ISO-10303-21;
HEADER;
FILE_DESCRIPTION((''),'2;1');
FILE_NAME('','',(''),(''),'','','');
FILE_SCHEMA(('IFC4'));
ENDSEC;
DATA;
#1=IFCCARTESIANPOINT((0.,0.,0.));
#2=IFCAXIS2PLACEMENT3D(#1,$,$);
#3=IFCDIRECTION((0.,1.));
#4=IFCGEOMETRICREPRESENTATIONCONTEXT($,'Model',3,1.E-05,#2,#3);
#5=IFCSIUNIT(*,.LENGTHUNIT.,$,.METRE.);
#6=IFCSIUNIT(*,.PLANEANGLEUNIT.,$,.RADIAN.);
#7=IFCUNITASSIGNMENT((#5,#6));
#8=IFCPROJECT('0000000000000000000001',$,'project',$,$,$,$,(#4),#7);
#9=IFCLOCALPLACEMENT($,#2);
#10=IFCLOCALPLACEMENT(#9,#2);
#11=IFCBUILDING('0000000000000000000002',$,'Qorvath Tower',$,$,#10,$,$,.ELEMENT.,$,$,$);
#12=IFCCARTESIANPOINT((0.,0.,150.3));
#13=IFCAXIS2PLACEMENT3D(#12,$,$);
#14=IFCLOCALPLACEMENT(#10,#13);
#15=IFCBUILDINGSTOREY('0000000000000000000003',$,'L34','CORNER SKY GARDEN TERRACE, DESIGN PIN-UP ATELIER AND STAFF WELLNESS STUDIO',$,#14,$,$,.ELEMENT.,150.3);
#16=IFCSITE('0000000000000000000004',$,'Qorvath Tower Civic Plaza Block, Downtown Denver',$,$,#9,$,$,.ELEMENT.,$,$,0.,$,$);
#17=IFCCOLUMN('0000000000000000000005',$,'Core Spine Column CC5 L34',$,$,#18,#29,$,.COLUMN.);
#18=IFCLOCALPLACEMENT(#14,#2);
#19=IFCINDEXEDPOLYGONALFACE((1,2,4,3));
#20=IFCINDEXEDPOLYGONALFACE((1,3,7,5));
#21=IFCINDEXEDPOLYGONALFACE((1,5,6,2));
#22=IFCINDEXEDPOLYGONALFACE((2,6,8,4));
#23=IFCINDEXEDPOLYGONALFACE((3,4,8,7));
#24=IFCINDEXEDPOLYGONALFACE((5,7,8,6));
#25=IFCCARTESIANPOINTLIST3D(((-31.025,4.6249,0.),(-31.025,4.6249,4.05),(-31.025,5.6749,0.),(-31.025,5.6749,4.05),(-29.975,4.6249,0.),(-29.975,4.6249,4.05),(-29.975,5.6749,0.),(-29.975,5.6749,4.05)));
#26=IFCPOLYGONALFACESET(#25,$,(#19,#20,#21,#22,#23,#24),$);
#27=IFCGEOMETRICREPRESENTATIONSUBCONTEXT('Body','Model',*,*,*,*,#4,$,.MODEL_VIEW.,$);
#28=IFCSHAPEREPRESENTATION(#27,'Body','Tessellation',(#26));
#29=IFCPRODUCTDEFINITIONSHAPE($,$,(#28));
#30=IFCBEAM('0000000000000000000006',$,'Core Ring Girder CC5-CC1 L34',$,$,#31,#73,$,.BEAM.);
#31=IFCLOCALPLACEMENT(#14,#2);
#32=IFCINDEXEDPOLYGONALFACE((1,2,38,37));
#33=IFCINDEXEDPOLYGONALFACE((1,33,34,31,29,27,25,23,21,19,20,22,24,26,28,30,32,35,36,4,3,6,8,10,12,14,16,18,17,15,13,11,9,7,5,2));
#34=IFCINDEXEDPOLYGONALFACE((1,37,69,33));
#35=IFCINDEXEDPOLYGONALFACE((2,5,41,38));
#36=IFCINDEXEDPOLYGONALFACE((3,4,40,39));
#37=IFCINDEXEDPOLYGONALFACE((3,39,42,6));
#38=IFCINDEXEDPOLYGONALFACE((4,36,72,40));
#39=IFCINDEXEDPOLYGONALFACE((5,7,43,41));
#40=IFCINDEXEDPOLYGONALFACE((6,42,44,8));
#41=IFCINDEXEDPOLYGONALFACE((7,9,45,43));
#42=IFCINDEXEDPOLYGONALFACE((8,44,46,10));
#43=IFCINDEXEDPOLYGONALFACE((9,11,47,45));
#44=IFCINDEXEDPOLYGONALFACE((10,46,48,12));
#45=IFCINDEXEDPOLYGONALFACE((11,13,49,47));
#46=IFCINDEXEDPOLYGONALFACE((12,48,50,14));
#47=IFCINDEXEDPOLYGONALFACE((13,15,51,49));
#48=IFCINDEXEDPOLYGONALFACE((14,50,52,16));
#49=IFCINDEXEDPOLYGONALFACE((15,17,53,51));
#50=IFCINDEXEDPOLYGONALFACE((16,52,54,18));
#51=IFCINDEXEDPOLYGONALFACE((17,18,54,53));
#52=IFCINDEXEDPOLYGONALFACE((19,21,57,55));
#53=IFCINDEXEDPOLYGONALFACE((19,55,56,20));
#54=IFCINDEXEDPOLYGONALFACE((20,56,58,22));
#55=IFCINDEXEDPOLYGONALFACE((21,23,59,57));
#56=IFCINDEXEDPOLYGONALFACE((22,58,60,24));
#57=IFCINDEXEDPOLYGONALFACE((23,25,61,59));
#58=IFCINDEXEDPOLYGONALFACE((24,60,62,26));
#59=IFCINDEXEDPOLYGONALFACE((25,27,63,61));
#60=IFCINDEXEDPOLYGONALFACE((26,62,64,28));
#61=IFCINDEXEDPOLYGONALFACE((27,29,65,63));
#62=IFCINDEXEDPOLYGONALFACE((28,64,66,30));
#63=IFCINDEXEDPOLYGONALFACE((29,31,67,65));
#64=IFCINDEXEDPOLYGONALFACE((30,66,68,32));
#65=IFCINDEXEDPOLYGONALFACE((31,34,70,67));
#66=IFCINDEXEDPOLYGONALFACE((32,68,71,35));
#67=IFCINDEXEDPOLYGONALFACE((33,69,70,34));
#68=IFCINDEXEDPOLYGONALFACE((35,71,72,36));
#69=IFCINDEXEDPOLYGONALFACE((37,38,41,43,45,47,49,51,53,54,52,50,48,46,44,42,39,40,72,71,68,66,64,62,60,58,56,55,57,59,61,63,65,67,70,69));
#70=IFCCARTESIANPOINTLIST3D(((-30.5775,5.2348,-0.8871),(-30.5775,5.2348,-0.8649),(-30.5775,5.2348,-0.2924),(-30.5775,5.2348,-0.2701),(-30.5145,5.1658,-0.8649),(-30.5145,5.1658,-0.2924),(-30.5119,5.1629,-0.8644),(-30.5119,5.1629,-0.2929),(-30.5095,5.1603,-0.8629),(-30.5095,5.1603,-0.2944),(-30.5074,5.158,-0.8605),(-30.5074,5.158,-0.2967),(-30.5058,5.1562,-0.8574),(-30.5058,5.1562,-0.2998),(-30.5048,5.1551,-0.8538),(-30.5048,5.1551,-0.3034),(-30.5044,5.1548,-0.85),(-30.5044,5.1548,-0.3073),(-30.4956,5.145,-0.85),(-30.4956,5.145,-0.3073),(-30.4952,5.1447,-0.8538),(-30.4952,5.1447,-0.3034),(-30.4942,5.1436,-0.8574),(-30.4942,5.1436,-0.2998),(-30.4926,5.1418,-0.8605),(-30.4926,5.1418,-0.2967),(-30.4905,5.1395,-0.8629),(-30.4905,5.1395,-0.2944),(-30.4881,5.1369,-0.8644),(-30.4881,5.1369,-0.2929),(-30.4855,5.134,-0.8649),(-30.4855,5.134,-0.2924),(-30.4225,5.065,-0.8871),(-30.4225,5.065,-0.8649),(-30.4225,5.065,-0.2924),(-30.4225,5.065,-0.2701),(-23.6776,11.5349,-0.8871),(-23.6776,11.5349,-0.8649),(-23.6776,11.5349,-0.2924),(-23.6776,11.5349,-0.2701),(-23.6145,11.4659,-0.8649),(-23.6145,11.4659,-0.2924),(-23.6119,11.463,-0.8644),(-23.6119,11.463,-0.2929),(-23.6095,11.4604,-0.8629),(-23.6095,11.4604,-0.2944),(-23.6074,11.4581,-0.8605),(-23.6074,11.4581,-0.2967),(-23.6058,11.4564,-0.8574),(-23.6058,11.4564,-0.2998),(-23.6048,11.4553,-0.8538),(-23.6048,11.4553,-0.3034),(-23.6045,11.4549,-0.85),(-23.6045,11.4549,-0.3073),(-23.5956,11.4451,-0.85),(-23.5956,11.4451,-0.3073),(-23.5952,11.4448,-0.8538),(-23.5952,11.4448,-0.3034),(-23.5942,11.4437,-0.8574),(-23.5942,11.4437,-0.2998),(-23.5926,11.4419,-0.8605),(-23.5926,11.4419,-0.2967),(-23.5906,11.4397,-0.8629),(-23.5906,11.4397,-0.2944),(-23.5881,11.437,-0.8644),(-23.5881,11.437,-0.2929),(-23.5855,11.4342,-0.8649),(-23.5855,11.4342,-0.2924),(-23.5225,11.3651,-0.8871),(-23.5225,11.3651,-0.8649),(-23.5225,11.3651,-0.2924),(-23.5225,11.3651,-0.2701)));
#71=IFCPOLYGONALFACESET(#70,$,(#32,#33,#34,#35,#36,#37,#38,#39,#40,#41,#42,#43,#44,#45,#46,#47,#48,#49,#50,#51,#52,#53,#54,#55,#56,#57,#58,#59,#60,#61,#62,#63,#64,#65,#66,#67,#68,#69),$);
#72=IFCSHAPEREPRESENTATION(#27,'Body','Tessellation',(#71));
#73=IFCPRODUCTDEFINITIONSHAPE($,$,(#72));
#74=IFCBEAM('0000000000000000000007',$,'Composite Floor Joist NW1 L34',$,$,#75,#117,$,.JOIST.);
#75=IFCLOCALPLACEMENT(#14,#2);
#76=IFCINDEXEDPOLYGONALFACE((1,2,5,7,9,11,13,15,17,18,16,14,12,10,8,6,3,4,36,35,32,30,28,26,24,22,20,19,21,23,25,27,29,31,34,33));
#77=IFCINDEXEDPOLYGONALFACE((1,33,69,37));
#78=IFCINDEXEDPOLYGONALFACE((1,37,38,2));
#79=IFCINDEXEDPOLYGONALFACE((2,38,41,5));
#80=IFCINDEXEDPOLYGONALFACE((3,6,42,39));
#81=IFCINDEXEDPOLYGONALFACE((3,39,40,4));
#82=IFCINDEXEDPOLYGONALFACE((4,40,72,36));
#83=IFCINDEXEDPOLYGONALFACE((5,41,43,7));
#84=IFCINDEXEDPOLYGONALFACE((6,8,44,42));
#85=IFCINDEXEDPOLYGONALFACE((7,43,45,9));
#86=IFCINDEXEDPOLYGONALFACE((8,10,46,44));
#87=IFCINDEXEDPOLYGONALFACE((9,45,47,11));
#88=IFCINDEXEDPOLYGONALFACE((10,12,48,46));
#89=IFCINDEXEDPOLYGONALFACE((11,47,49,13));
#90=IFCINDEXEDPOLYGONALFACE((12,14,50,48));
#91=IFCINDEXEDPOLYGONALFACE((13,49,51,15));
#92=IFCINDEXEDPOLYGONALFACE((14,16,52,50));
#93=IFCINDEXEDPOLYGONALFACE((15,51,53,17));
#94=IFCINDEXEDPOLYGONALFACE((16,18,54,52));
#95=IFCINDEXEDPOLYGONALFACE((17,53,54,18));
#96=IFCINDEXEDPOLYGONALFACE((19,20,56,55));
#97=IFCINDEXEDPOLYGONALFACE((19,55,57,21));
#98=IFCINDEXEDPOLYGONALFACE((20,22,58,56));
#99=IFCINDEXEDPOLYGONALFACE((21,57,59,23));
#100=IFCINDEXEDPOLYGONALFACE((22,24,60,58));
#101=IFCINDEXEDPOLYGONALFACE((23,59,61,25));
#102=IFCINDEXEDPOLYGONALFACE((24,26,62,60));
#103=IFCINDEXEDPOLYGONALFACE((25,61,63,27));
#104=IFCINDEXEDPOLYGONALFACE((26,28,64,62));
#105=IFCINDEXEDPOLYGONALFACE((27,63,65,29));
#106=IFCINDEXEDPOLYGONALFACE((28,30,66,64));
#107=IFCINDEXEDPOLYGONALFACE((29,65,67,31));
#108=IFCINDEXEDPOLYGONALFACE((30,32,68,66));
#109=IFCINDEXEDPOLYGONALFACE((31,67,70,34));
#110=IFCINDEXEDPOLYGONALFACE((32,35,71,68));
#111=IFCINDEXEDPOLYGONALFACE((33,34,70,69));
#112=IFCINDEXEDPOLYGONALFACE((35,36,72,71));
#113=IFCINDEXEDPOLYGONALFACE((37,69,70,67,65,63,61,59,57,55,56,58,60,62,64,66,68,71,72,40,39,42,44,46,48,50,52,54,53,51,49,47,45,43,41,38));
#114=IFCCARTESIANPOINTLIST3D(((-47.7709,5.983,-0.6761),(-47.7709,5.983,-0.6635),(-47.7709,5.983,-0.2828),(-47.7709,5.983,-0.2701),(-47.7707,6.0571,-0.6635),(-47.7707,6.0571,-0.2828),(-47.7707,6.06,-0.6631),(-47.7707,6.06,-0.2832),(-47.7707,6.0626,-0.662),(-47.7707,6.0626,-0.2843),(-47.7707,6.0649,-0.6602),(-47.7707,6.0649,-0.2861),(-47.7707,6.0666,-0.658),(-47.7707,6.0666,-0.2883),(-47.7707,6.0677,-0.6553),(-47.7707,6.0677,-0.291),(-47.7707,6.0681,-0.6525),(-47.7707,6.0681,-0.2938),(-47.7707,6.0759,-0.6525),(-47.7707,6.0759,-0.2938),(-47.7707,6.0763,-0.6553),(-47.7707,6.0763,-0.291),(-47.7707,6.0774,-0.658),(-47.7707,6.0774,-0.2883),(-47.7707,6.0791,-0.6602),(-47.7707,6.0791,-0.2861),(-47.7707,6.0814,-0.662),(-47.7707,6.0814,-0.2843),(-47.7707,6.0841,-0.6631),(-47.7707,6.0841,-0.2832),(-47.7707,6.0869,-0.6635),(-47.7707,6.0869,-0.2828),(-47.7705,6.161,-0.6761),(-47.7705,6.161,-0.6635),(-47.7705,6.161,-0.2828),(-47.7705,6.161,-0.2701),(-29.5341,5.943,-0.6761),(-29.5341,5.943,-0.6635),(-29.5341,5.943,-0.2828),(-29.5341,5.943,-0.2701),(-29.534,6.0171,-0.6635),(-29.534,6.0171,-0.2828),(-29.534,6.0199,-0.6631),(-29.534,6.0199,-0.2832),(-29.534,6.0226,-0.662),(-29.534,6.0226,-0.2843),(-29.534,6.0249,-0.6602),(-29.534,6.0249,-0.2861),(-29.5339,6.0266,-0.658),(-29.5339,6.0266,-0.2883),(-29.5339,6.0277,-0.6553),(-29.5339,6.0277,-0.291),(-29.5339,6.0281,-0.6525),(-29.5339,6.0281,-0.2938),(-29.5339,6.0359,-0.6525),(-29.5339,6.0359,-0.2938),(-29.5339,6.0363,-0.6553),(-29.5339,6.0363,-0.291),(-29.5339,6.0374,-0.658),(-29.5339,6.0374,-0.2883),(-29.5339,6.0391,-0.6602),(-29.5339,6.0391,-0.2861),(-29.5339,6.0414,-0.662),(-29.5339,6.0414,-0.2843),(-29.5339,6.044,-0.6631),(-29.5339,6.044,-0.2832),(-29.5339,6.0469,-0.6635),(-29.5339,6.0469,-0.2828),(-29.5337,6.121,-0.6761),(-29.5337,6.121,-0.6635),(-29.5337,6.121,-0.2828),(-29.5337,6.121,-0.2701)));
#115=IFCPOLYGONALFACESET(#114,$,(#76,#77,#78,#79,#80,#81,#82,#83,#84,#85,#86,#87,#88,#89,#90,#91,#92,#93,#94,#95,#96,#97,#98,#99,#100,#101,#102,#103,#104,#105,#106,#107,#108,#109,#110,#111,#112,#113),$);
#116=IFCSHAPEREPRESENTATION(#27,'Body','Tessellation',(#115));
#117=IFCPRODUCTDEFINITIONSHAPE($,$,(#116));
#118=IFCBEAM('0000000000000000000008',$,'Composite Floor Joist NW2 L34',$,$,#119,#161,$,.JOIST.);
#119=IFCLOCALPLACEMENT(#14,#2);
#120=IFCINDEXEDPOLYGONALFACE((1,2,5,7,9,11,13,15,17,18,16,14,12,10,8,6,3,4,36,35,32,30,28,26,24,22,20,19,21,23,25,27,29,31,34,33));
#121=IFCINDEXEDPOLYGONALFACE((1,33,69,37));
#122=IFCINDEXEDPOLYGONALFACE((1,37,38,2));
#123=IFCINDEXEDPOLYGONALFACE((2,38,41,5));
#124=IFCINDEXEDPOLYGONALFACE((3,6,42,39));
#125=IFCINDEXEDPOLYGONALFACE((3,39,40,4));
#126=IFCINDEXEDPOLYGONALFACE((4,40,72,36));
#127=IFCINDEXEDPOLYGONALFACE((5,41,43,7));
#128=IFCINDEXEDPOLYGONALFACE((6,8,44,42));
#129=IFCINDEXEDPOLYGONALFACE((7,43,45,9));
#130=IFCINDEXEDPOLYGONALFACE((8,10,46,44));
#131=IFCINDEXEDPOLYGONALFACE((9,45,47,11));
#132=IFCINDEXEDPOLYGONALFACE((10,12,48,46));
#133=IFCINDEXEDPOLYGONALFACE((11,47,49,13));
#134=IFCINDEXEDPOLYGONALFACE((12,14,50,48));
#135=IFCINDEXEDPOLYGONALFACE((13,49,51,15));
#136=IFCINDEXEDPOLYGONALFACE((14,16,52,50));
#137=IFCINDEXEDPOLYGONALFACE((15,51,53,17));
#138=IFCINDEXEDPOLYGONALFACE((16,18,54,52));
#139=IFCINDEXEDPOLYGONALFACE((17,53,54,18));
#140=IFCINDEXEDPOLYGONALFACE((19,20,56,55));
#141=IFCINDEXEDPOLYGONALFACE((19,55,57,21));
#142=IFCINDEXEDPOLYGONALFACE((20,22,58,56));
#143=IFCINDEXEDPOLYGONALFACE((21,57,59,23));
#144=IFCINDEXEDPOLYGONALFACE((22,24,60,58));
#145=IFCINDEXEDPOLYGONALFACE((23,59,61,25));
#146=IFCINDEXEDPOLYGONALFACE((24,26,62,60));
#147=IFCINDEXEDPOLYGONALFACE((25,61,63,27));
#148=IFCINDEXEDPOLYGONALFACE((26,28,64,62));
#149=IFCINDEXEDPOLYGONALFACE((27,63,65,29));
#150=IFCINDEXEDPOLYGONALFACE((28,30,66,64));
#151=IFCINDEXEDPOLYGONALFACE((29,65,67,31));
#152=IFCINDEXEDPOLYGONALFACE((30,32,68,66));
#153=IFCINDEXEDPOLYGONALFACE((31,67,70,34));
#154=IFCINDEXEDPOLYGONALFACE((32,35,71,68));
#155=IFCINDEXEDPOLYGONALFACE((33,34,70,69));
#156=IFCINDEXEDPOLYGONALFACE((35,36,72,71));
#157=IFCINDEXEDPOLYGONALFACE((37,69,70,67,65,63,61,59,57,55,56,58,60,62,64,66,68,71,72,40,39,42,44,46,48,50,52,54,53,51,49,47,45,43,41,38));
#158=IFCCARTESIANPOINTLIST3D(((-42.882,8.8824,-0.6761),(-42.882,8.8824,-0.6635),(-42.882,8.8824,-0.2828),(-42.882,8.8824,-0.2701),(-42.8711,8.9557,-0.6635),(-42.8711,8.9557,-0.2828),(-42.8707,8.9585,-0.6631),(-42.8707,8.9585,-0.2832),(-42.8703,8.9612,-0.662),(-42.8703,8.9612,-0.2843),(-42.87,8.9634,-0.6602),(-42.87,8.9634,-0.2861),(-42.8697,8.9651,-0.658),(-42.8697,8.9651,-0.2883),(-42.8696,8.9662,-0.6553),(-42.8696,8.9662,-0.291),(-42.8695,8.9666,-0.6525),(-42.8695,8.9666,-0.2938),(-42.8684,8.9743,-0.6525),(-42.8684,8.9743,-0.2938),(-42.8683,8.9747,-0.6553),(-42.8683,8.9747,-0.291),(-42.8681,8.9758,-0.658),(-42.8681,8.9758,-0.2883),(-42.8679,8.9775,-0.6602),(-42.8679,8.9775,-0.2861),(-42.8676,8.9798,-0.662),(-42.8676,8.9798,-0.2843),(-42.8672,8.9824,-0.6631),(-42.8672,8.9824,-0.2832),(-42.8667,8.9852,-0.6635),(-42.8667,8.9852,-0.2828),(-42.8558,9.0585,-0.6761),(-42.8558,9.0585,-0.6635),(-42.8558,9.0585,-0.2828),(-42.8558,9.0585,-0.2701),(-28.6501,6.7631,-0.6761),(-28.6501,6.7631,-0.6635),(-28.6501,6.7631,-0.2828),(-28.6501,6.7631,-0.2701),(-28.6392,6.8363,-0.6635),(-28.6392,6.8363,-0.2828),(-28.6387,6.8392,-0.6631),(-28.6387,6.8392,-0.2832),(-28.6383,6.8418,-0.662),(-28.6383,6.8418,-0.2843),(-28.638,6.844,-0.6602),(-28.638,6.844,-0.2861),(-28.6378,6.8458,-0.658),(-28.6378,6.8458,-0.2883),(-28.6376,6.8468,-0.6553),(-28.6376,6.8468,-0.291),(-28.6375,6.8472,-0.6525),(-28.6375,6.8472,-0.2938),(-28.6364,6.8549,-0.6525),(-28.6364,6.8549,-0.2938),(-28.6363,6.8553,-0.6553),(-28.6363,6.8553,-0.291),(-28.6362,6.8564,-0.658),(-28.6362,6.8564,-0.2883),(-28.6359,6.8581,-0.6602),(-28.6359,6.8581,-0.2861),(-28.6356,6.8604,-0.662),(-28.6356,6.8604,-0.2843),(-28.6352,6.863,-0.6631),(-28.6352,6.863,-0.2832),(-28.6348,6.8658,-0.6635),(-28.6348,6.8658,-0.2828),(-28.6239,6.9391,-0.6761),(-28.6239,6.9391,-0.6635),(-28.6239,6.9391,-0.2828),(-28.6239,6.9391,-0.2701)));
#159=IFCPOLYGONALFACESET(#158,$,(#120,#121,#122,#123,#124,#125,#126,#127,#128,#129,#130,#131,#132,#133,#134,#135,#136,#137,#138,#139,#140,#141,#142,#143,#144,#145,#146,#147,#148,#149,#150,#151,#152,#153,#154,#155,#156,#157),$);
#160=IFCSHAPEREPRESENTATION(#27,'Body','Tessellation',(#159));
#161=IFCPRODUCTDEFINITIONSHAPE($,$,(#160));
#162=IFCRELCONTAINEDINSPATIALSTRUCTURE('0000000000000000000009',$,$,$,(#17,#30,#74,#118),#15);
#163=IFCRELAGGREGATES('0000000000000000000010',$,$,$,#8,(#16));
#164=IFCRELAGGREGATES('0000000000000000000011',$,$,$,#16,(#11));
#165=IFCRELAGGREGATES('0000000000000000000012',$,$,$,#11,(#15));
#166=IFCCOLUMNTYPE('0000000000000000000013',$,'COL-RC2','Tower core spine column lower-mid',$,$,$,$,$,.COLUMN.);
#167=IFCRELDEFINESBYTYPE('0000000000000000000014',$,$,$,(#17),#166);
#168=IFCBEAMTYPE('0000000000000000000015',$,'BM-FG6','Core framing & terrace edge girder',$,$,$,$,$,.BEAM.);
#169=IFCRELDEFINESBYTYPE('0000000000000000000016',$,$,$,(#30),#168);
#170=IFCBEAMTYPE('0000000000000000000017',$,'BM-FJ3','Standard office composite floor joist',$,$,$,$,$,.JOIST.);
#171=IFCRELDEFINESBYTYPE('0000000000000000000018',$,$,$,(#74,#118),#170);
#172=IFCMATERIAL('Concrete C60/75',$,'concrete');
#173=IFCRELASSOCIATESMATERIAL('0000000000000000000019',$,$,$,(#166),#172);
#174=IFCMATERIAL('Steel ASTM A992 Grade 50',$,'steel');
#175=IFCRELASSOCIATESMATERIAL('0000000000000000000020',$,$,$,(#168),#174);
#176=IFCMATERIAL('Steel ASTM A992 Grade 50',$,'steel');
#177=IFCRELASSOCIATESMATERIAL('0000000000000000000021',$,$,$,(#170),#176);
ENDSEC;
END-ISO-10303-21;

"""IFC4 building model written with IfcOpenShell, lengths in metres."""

from ifc_helpers import new_model, si_unit, direction, frame, origin, origin_2d, place, context, subcontext, project, spatial, rectangle, i_section, extrude, material, material_profile, profile_set, type_object, element, save


model = new_model("IFC4")

# Units and contexts
model_context = context("Model", 3, precision=1e-05, world=origin(), true_north=direction((0.0, 1.0)))
body_context = subcontext(model_context, "Body", "Model", "MODEL_VIEW")
ifc_project = project(units=[si_unit("LENGTHUNIT", "METRE"), si_unit("PLANEANGLEUNIT", "RADIAN")], contexts=[model_context])

# Site, building, storey
site_placement = place(None, origin())
site = spatial("IfcSite", under=ifc_project, at=site_placement, Name="Qorvath Tower Civic Plaza Block, Downtown Denver", CompositionType="ELEMENT", RefElevation=0.0)
building_placement = place(site_placement, origin())
building = spatial("IfcBuilding", under=site, at=building_placement, Name="Qorvath Tower", CompositionType="ELEMENT")
storey_placement = place(building_placement, frame((0.0, 0.0, 150.3)))
storey = spatial("IfcBuildingStorey", under=building, at=storey_placement, Name="L34", Description="CORNER SKY GARDEN TERRACE, DESIGN PIN-UP ATELIER AND STAFF WELLNESS STUDIO", CompositionType="ELEMENT", Elevation=150.3)

# Column
ifc_material_1 = material(Name="Concrete C60/75", Category="concrete")
ifc_material_profile_1 = material_profile(ifc_material_1, rectangle(XDim=1.05, YDim=1.05, at=origin_2d()), Name="RC 1050x1050")
ifc_profile_set_1 = profile_set([ifc_material_profile_1], Name="Concrete C60/75")
column_type = type_object("IfcColumnType", Name="COL-RC2", Description="Tower core spine column lower-mid", PredefinedType="COLUMN", material=ifc_profile_set_1)
column_placement = place(storey_placement, frame((-30.5, 5.1499, 0.0), z_axis=(0.0, 0.0, 1.0), x_axis=(1.0, 0.0, 0.0)))
element("IfcColumn", 1, at=column_placement, inside=storey, type_object=column_type, Name="Core Spine Column CC5 L34", PredefinedType="COLUMN", context=body_context, shape_type="SweptSolid", body=[
    extrude(rectangle(XDim=1.05, YDim=1.05, at=origin_2d()), origin(), (0.0, 0.0, 1.0), 4.05),
])

# Beams
ifc_material_2 = material(Name="Steel ASTM A992 Grade 50", Category="steel")
ifc_material_profile_2 = material_profile(ifc_material_2, i_section(OverallWidth=0.23, OverallDepth=0.6169, WebThickness=0.0132, FlangeThickness=0.0222, FilletRadius=0.0149, at=origin_2d()), Name="W24x94")
ifc_profile_set_2 = profile_set([ifc_material_profile_2], Name="Steel ASTM A992 Grade 50")
beam_type_1 = type_object("IfcBeamType", Name="BM-FG6", Description="Core framing & terrace edge girder", PredefinedType="BEAM", material=ifc_profile_set_2)
beam_1_placement = place(storey_placement, frame((-30.5, 5.1499, -0.5786), z_axis=(0.738478, 0.674277, 0.0), x_axis=(-0.674277, 0.738478, 0.0)))
element("IfcBeam", 2, at=beam_1_placement, inside=storey, type_object=beam_type_1, Name="Core Ring Girder CC5-CC1 L34", PredefinedType="BEAM", context=body_context, shape_type="SweptSolid", body=[
    extrude(i_section(OverallWidth=0.23, OverallDepth=0.6169, WebThickness=0.0132, FlangeThickness=0.0222, FilletRadius=0.0149, at=origin_2d()), origin(), (0.0, 0.0, 1.0), 9.3435),
])
ifc_material_3 = material(Name="Steel ASTM A992 Grade 50", Category="steel")
ifc_material_profile_3 = material_profile(ifc_material_3, i_section(OverallWidth=0.178, OverallDepth=0.406, WebThickness=0.0078, FlangeThickness=0.0127, FilletRadius=0.011, at=origin_2d()), Name="W16x40")
ifc_profile_set_3 = profile_set([ifc_material_profile_3], Name="Steel ASTM A992 Grade 50")
beam_type_2 = type_object("IfcBeamType", Name="BM-FJ3", Description="Standard office composite floor joist", PredefinedType="JOIST", material=ifc_profile_set_3)
beam_2_placement = place(storey_placement, frame((-29.5339, 6.032, -0.4731), z_axis=(-0.999998, 0.002196, 0.0), x_axis=(-0.002196, -0.999998, 0.0)))
element("IfcBeam", 3, at=beam_2_placement, inside=storey, type_object=beam_type_2, Name="Composite Floor Joist NW1 L34", PredefinedType="JOIST", context=body_context, shape_type="SweptSolid", body=[
    extrude(i_section(OverallWidth=0.178, OverallDepth=0.406, WebThickness=0.0078, FlangeThickness=0.0127, FilletRadius=0.011, at=origin_2d()), origin(), (0.0, 0.0, 1.0), 18.2368),
])
beam_3_placement = place(storey_placement, frame((-28.637, 6.8511, -0.4731), z_axis=(-0.989093, 0.147293, 0.0), x_axis=(-0.147293, -0.989093, 0.0)))
element("IfcBeam", 4, at=beam_3_placement, inside=storey, type_object=beam_type_2, Name="Composite Floor Joist NW2 L34", PredefinedType="JOIST", context=body_context, shape_type="SweptSolid", body=[
    extrude(i_section(OverallWidth=0.178, OverallDepth=0.406, WebThickness=0.0078, FlangeThickness=0.0127, FilletRadius=0.011, at=origin_2d()), origin(), (0.0, 0.0, 1.0), 14.3889),
])

save(model, "model.ifc")
